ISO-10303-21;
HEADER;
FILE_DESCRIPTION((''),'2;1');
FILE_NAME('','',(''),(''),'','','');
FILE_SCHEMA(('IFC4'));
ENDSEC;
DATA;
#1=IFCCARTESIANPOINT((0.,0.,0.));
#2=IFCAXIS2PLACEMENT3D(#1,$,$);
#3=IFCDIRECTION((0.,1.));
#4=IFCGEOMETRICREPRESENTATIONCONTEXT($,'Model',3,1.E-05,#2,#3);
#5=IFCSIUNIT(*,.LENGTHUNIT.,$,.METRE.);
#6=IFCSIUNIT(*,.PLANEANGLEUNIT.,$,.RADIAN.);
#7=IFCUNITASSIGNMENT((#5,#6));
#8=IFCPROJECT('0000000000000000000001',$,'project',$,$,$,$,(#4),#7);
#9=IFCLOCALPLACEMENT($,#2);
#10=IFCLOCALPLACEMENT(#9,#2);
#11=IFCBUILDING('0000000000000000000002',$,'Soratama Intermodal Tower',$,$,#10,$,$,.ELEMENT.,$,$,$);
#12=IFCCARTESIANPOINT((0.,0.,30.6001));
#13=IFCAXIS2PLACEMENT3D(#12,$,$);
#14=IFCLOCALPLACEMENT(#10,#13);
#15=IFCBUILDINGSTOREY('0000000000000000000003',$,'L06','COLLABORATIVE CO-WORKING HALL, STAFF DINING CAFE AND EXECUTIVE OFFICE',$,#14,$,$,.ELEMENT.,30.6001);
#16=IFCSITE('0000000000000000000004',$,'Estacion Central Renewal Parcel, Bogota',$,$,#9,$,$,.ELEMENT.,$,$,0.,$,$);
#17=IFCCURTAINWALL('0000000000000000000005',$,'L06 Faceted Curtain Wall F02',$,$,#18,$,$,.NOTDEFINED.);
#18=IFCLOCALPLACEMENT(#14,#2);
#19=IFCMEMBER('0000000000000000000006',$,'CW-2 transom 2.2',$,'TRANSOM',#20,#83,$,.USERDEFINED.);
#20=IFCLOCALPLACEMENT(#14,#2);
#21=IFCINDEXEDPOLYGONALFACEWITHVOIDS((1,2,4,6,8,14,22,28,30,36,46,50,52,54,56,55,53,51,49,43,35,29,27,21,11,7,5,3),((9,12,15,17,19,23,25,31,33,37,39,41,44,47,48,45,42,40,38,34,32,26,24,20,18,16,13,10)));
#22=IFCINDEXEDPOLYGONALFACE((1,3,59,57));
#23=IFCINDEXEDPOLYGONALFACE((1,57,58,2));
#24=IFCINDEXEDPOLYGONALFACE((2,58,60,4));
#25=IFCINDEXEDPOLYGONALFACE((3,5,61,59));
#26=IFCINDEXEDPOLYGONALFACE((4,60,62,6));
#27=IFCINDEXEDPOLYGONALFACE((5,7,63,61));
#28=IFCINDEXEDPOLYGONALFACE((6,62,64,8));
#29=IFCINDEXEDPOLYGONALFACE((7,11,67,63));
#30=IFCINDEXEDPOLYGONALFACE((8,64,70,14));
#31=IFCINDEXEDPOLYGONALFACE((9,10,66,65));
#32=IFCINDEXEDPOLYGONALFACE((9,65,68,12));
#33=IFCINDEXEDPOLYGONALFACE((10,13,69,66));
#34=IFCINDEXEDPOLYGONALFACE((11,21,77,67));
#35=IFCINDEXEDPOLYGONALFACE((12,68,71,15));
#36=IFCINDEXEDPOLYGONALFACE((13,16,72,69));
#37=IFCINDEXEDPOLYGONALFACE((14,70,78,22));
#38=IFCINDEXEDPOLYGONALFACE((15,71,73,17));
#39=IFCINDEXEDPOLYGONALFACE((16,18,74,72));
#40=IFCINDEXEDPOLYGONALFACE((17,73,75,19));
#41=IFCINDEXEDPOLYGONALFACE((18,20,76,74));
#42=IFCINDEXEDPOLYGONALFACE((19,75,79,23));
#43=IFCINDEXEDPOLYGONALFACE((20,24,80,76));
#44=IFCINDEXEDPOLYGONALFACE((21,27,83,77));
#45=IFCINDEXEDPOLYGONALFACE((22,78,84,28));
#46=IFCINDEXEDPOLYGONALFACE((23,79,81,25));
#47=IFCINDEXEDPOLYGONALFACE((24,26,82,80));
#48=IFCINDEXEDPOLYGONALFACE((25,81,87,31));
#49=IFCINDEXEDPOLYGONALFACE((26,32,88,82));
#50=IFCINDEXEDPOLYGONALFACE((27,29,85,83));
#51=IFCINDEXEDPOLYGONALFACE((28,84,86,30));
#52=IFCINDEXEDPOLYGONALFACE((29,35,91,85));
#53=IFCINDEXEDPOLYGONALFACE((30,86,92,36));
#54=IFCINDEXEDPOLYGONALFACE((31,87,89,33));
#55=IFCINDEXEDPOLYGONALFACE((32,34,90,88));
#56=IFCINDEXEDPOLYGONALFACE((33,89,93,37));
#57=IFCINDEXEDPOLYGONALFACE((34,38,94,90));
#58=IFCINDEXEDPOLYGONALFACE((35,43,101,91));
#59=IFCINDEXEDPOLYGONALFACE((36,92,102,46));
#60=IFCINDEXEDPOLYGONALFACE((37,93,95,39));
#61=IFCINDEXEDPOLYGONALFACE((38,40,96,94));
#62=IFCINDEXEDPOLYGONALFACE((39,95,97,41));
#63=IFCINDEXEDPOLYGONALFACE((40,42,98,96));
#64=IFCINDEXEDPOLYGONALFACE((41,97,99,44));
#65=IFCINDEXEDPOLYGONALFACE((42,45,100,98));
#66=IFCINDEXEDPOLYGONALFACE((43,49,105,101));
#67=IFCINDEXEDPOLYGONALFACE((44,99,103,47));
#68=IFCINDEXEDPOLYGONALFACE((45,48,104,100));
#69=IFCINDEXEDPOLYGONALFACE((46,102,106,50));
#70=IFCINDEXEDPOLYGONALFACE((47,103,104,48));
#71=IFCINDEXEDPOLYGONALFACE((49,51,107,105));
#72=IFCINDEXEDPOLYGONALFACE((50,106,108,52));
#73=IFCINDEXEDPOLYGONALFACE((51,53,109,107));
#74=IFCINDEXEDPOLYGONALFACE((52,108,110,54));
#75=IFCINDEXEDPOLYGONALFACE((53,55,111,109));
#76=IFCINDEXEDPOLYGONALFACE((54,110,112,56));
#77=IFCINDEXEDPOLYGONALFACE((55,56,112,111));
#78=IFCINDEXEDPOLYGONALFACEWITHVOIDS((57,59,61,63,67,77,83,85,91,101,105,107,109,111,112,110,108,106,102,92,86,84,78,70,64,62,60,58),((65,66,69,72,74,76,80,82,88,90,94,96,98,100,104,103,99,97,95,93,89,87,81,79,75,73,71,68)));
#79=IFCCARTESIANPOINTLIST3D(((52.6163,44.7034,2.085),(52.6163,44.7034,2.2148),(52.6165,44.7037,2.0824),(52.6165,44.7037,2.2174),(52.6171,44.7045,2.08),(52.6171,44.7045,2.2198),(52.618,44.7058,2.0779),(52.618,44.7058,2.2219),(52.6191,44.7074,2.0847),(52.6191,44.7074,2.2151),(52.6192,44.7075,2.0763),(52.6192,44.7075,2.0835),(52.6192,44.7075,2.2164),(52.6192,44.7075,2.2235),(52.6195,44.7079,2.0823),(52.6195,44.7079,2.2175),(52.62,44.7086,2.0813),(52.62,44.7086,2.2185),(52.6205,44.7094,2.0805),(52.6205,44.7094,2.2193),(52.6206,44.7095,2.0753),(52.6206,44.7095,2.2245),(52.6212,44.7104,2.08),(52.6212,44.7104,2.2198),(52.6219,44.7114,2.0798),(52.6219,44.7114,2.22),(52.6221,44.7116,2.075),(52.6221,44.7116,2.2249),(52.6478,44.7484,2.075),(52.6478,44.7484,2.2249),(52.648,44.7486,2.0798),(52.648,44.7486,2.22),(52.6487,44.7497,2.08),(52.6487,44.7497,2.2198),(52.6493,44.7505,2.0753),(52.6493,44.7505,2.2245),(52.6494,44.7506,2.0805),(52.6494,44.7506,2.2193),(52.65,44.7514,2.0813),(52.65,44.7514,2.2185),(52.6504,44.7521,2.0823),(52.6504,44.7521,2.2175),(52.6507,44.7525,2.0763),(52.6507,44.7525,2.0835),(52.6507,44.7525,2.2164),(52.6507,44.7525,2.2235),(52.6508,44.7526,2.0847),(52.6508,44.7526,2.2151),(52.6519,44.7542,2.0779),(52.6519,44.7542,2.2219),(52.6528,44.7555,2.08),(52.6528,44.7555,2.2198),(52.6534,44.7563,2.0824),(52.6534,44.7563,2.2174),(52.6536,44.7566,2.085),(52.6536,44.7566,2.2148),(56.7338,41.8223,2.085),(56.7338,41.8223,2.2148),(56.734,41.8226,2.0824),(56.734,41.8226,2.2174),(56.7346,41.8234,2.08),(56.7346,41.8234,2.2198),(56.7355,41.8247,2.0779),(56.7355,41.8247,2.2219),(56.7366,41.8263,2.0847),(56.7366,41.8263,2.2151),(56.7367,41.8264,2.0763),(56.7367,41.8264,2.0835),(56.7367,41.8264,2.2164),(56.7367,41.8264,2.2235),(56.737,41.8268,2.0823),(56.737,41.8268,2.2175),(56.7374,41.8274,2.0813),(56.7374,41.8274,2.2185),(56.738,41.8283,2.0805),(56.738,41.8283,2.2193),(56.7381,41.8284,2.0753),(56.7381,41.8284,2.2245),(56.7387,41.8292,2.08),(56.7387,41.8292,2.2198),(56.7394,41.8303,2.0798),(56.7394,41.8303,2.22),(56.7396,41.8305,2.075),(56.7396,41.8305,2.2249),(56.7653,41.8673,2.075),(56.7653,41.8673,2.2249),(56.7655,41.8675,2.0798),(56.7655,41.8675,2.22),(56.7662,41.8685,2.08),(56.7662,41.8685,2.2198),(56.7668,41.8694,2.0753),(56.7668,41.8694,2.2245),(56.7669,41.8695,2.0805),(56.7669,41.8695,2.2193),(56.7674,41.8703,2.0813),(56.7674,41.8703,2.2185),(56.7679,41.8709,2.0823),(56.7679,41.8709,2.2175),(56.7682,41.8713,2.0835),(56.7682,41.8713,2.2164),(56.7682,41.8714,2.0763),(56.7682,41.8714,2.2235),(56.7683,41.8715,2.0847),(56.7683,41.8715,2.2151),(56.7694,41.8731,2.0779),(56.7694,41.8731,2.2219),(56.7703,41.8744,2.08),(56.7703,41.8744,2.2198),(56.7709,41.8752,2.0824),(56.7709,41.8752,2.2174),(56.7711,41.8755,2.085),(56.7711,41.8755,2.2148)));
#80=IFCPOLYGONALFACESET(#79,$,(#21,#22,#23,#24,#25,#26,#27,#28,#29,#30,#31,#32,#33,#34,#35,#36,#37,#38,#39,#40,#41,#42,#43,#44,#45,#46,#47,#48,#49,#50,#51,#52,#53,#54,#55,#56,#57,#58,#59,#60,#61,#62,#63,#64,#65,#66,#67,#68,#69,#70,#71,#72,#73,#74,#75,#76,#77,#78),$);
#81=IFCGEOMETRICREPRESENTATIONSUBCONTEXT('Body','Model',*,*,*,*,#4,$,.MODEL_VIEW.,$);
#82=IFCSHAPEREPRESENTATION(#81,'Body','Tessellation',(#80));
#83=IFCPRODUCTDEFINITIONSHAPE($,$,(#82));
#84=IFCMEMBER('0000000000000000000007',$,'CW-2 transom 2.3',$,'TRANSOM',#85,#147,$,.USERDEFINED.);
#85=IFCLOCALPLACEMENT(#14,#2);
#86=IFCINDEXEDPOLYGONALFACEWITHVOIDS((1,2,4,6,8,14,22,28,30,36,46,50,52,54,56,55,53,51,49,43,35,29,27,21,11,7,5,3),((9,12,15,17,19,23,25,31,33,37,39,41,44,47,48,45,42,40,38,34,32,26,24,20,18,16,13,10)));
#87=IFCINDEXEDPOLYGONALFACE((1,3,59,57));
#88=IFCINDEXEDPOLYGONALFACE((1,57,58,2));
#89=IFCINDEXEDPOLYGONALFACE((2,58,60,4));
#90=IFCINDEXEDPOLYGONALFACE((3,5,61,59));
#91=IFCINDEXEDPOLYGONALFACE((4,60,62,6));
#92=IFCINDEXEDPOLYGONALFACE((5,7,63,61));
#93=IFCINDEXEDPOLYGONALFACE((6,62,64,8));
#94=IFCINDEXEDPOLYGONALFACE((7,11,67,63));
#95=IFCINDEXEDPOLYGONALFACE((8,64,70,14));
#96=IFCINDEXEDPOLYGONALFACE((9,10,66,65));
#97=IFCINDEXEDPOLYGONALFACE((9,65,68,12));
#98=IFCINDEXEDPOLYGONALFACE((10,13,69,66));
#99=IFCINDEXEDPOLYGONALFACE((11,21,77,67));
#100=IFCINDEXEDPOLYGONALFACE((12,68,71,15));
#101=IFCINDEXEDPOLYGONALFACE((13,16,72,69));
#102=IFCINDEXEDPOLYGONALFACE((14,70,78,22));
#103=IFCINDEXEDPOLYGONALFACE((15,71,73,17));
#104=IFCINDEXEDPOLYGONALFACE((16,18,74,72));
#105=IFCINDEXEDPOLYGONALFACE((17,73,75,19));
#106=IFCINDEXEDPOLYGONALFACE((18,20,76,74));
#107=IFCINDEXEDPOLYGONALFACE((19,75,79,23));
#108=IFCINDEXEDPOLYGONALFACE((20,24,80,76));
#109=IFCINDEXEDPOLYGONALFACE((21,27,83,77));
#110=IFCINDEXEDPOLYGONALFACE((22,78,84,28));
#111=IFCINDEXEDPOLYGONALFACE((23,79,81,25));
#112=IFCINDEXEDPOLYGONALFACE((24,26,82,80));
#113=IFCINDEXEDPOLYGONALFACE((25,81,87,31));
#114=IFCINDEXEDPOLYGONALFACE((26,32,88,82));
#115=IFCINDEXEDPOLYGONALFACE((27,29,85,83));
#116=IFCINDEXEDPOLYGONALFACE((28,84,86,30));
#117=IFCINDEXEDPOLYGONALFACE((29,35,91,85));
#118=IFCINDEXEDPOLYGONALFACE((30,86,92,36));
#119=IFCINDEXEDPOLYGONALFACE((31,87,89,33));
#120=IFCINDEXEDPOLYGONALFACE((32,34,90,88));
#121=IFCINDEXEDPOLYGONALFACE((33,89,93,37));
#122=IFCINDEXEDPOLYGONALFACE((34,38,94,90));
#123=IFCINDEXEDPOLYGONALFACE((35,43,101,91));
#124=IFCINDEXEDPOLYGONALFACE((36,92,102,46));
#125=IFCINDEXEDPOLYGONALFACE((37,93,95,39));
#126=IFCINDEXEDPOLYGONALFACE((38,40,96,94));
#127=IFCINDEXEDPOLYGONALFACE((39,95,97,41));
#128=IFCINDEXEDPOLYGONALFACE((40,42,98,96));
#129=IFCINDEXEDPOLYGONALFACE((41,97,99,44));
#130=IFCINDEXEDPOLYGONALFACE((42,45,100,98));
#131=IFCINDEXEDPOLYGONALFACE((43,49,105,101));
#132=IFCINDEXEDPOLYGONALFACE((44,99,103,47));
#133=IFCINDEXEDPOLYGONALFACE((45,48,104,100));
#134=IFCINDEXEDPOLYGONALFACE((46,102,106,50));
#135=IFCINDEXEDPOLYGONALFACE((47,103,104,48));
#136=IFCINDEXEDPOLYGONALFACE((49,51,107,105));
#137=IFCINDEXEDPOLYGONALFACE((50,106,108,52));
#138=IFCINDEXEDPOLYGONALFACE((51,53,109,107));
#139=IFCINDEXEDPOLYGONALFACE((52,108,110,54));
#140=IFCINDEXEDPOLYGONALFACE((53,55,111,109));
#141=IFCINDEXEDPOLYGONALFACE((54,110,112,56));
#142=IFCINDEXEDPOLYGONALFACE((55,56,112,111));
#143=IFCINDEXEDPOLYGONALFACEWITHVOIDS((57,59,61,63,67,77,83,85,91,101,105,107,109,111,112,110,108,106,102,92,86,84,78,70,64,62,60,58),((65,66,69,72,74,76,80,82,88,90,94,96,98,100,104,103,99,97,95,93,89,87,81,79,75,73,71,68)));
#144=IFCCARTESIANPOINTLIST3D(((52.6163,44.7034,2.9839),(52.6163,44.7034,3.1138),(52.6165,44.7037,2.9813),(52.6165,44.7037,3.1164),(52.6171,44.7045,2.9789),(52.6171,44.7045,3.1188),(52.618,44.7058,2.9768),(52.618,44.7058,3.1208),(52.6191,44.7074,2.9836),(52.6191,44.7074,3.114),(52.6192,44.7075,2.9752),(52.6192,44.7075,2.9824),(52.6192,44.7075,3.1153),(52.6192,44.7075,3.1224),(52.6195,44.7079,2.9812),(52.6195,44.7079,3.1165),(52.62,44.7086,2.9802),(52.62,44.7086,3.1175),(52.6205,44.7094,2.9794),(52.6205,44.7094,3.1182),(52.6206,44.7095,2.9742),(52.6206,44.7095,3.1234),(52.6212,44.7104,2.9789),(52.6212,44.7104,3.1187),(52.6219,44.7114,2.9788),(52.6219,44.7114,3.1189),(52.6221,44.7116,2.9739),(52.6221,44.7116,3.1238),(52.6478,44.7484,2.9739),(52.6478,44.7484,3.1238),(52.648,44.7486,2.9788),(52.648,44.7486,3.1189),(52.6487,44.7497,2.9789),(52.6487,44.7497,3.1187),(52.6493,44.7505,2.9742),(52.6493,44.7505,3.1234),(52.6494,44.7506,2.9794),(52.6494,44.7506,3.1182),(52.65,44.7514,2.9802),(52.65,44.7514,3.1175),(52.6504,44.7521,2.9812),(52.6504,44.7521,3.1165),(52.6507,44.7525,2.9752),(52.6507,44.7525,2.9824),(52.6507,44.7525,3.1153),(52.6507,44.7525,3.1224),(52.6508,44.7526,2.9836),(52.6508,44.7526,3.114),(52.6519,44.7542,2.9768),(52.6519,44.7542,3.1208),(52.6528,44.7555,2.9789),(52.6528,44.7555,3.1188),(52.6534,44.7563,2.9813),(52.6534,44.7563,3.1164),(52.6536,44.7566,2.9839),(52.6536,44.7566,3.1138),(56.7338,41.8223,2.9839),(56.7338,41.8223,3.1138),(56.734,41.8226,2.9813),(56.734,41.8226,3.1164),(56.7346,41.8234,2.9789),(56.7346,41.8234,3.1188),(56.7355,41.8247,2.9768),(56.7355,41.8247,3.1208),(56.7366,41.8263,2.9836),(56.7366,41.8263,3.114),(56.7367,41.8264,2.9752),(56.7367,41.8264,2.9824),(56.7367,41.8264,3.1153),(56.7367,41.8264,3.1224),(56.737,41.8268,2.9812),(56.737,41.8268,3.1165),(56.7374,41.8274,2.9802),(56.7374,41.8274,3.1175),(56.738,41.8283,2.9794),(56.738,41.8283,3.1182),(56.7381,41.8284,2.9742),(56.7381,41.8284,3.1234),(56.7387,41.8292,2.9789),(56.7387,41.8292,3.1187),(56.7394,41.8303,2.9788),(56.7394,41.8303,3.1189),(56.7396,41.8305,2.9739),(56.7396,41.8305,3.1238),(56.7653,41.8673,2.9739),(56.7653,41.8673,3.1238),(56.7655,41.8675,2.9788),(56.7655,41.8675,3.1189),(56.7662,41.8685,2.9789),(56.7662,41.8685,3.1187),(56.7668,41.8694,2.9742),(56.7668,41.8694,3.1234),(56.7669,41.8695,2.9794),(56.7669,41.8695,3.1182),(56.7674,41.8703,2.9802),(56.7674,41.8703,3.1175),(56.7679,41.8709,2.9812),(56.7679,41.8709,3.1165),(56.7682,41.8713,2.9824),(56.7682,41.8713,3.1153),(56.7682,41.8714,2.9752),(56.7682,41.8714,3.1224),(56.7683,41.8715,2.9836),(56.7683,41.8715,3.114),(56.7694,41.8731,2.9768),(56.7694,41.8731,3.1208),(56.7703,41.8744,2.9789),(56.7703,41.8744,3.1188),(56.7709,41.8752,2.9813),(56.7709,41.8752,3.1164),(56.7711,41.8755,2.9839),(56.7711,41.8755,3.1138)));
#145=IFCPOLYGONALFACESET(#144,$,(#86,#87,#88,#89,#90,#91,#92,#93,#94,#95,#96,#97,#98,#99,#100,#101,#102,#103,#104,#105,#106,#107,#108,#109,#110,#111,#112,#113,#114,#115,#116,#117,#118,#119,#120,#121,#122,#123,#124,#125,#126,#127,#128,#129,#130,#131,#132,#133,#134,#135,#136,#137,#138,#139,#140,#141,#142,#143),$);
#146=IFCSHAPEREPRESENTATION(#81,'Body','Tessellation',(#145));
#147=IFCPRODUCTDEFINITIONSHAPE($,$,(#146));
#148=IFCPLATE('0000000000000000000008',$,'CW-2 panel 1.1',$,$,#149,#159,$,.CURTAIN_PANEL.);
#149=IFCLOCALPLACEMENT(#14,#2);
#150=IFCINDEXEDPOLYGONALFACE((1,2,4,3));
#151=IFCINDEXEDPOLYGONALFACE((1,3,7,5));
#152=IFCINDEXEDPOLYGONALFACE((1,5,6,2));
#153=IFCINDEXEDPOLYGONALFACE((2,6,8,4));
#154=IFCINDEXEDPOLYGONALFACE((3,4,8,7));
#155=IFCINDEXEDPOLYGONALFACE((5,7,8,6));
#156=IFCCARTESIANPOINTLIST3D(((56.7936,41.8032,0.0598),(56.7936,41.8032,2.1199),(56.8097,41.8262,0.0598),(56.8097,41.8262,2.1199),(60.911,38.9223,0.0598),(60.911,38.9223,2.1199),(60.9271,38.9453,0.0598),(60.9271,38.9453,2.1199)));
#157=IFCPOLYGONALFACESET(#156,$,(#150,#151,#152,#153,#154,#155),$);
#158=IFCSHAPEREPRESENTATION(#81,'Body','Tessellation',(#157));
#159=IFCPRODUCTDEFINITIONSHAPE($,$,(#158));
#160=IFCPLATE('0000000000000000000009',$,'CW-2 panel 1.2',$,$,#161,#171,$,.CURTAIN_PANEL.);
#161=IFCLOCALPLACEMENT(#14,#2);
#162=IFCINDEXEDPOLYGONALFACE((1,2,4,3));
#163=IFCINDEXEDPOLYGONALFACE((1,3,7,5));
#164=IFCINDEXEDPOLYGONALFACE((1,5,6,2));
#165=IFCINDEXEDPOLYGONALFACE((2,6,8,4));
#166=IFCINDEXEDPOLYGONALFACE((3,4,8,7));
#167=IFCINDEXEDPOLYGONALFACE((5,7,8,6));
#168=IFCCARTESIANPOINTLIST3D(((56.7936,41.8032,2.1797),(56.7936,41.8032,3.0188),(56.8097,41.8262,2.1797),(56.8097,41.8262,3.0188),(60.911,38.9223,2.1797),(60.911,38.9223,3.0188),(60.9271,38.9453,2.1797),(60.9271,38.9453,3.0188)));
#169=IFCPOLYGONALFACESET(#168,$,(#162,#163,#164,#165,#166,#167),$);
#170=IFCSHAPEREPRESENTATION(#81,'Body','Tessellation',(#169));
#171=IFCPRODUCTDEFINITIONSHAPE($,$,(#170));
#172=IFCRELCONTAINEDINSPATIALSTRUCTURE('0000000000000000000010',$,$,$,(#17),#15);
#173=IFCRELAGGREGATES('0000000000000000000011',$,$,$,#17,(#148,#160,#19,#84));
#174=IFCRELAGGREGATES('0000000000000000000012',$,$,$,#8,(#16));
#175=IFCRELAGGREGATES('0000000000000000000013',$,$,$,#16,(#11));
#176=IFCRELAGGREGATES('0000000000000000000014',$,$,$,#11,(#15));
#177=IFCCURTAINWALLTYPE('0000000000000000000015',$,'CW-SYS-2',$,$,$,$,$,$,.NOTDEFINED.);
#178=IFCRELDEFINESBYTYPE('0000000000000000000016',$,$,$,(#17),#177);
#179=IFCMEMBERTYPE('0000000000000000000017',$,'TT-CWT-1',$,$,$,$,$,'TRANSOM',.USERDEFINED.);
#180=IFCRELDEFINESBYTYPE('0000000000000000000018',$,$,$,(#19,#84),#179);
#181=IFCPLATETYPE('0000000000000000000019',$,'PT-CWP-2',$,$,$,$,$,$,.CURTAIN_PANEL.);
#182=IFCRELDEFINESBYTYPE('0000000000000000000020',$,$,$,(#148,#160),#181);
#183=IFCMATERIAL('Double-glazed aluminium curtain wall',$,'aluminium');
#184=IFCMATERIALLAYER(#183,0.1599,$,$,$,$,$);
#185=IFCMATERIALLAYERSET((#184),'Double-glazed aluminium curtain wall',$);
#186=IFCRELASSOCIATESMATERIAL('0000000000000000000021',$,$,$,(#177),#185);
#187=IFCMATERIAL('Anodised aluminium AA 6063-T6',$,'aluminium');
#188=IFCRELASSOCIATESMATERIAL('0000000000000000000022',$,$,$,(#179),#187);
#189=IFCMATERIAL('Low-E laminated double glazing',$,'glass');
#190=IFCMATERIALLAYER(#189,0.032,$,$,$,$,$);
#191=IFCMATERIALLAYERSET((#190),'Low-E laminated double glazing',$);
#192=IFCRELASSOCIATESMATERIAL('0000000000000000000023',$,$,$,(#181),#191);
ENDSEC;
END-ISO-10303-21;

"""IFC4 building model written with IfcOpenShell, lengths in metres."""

from ifc_helpers import new_model, si_unit, direction, frame, origin, origin_2d, place, context, subcontext, project, spatial, rectangle, hollow_rectangle, extrude, material, layer, layer_set, material_profile, profile_set, type_object, element, aggregate, save


model = new_model("IFC4")

# Units and contexts
model_context = context("Model", 3, precision=1e-05, world=origin(), true_north=direction((0.0, 1.0)))
body_context = subcontext(model_context, "Body", "Model", "MODEL_VIEW")
ifc_project = project(units=[si_unit("LENGTHUNIT", "METRE"), si_unit("PLANEANGLEUNIT", "RADIAN")], contexts=[model_context])

# Site, building, storey
site_placement = place(None, origin())
site = spatial("IfcSite", under=ifc_project, at=site_placement, Name="Estacion Central Renewal Parcel, Bogota", CompositionType="ELEMENT", RefElevation=0.0)
building_placement = place(site_placement, origin())
building = spatial("IfcBuilding", under=site, at=building_placement, Name="Soratama Intermodal Tower", CompositionType="ELEMENT")
storey_placement = place(building_placement, frame((0.0, 0.0, 30.6001)))
storey = spatial("IfcBuildingStorey", under=building, at=storey_placement, Name="L06", Description="COLLABORATIVE CO-WORKING HALL, STAFF DINING CAFE AND EXECUTIVE OFFICE", CompositionType="ELEMENT", Elevation=30.6001)

# Curtain wall, members, plates
ifc_material_1 = material(Name="Double-glazed aluminium curtain wall", Category="aluminium")
ifc_layer_1 = layer(ifc_material_1, 0.1599)
ifc_layer_set_1 = layer_set([ifc_layer_1], Name="Double-glazed aluminium curtain wall")
curtain_wall_type = type_object("IfcCurtainWallType", Name="CW-SYS-2", PredefinedType="NOTDEFINED", material=ifc_layer_set_1)
curtain_wall_placement = place(storey_placement, origin())
curtain_wall = element("IfcCurtainWall", 1, at=curtain_wall_placement, inside=storey, type_object=curtain_wall_type, Name="L06 Faceted Curtain Wall F02", PredefinedType="NOTDEFINED")
ifc_material_2 = material(Name="Anodised aluminium AA 6063-T6", Category="aluminium")
ifc_material_profile_1 = material_profile(ifc_material_2, hollow_rectangle(XDim=0.0649, YDim=0.1499, WallThickness=0.0049, InnerFilletRadius=0.0049, OuterFilletRadius=0.01, at=origin_2d()), Name="CWT150X65X5")
ifc_profile_set_1 = profile_set([ifc_material_profile_1], Name="Anodised aluminium AA 6063-T6")
member_type_1 = type_object("IfcMemberType", Name="TT-CWT-1", ElementType="TRANSOM", PredefinedType="USERDEFINED", material=ifc_profile_set_1)
member_1_placement = place(storey_placement, frame((56.7524, 41.8489, 2.1499), z_axis=(-0.819335, 0.573316, 0.0), x_axis=(-0.573316, -0.819335, 0.0)))
member_1 = element("IfcMember", 2, at=member_1_placement, type_object=member_type_1, Name="CW-2 transom 2.2", ObjectType="TRANSOM", PredefinedType="USERDEFINED", context=body_context, shape_type="SweptSolid", body=[
    extrude(hollow_rectangle(XDim=0.0649, YDim=0.1499, WallThickness=0.0049, InnerFilletRadius=0.0049, OuterFilletRadius=0.01, at=origin_2d()), origin(), (0.0, 0.0, 1.0), 5.0254),
])
member_2_placement = place(storey_placement, frame((56.7524, 41.8489, 3.0488), z_axis=(-0.819335, 0.573316, 0.0), x_axis=(-0.573316, -0.819335, 0.0)))
member_2 = element("IfcMember", 3, at=member_2_placement, type_object=member_type_1, Name="CW-2 transom 2.3", ObjectType="TRANSOM", PredefinedType="USERDEFINED", context=body_context, shape_type="SweptSolid", body=[
    extrude(hollow_rectangle(XDim=0.0649, YDim=0.1499, WallThickness=0.0049, InnerFilletRadius=0.0049, OuterFilletRadius=0.01, at=origin_2d()), origin(), (0.0, 0.0, 1.0), 5.0254),
])
ifc_material_3 = material(Name="Low-E laminated double glazing", Category="glass")
ifc_layer_2 = layer(ifc_material_3, 0.032)
ifc_layer_set_2 = layer_set([ifc_layer_2], Name="Low-E laminated double glazing")
plate_type = type_object("IfcPlateType", Name="PT-CWP-2", PredefinedType="CURTAIN_PANEL", material=ifc_layer_set_2)
plate_1_placement = place(storey_placement, frame((58.8604, 40.3743, 0.0598), z_axis=(0.0, 0.0, 1.0), x_axis=(-0.819349, 0.573296, 0.0)))
plate_1 = element("IfcPlate", 4, at=plate_1_placement, type_object=plate_type, Name="CW-2 panel 1.1", PredefinedType="CURTAIN_PANEL", context=body_context, shape_type="SweptSolid", body=[
    extrude(rectangle(XDim=5.0251, YDim=0.0281, at=origin_2d()), origin(), (0.0, 0.0, 1.0), 2.0601),
])
plate_2_placement = place(storey_placement, frame((58.8604, 40.3743, 2.1797), z_axis=(0.0, 0.0, 1.0), x_axis=(-0.819349, 0.573296, 0.0)))
plate_2 = element("IfcPlate", 5, at=plate_2_placement, type_object=plate_type, Name="CW-2 panel 1.2", PredefinedType="CURTAIN_PANEL", context=body_context, shape_type="SweptSolid", body=[
    extrude(rectangle(XDim=5.0251, YDim=0.0281, at=origin_2d()), origin(), (0.0, 0.0, 1.0), 0.8391),
])
aggregate(curtain_wall, [plate_1, plate_2, member_1, member_2])

save(model, "model.ifc")
